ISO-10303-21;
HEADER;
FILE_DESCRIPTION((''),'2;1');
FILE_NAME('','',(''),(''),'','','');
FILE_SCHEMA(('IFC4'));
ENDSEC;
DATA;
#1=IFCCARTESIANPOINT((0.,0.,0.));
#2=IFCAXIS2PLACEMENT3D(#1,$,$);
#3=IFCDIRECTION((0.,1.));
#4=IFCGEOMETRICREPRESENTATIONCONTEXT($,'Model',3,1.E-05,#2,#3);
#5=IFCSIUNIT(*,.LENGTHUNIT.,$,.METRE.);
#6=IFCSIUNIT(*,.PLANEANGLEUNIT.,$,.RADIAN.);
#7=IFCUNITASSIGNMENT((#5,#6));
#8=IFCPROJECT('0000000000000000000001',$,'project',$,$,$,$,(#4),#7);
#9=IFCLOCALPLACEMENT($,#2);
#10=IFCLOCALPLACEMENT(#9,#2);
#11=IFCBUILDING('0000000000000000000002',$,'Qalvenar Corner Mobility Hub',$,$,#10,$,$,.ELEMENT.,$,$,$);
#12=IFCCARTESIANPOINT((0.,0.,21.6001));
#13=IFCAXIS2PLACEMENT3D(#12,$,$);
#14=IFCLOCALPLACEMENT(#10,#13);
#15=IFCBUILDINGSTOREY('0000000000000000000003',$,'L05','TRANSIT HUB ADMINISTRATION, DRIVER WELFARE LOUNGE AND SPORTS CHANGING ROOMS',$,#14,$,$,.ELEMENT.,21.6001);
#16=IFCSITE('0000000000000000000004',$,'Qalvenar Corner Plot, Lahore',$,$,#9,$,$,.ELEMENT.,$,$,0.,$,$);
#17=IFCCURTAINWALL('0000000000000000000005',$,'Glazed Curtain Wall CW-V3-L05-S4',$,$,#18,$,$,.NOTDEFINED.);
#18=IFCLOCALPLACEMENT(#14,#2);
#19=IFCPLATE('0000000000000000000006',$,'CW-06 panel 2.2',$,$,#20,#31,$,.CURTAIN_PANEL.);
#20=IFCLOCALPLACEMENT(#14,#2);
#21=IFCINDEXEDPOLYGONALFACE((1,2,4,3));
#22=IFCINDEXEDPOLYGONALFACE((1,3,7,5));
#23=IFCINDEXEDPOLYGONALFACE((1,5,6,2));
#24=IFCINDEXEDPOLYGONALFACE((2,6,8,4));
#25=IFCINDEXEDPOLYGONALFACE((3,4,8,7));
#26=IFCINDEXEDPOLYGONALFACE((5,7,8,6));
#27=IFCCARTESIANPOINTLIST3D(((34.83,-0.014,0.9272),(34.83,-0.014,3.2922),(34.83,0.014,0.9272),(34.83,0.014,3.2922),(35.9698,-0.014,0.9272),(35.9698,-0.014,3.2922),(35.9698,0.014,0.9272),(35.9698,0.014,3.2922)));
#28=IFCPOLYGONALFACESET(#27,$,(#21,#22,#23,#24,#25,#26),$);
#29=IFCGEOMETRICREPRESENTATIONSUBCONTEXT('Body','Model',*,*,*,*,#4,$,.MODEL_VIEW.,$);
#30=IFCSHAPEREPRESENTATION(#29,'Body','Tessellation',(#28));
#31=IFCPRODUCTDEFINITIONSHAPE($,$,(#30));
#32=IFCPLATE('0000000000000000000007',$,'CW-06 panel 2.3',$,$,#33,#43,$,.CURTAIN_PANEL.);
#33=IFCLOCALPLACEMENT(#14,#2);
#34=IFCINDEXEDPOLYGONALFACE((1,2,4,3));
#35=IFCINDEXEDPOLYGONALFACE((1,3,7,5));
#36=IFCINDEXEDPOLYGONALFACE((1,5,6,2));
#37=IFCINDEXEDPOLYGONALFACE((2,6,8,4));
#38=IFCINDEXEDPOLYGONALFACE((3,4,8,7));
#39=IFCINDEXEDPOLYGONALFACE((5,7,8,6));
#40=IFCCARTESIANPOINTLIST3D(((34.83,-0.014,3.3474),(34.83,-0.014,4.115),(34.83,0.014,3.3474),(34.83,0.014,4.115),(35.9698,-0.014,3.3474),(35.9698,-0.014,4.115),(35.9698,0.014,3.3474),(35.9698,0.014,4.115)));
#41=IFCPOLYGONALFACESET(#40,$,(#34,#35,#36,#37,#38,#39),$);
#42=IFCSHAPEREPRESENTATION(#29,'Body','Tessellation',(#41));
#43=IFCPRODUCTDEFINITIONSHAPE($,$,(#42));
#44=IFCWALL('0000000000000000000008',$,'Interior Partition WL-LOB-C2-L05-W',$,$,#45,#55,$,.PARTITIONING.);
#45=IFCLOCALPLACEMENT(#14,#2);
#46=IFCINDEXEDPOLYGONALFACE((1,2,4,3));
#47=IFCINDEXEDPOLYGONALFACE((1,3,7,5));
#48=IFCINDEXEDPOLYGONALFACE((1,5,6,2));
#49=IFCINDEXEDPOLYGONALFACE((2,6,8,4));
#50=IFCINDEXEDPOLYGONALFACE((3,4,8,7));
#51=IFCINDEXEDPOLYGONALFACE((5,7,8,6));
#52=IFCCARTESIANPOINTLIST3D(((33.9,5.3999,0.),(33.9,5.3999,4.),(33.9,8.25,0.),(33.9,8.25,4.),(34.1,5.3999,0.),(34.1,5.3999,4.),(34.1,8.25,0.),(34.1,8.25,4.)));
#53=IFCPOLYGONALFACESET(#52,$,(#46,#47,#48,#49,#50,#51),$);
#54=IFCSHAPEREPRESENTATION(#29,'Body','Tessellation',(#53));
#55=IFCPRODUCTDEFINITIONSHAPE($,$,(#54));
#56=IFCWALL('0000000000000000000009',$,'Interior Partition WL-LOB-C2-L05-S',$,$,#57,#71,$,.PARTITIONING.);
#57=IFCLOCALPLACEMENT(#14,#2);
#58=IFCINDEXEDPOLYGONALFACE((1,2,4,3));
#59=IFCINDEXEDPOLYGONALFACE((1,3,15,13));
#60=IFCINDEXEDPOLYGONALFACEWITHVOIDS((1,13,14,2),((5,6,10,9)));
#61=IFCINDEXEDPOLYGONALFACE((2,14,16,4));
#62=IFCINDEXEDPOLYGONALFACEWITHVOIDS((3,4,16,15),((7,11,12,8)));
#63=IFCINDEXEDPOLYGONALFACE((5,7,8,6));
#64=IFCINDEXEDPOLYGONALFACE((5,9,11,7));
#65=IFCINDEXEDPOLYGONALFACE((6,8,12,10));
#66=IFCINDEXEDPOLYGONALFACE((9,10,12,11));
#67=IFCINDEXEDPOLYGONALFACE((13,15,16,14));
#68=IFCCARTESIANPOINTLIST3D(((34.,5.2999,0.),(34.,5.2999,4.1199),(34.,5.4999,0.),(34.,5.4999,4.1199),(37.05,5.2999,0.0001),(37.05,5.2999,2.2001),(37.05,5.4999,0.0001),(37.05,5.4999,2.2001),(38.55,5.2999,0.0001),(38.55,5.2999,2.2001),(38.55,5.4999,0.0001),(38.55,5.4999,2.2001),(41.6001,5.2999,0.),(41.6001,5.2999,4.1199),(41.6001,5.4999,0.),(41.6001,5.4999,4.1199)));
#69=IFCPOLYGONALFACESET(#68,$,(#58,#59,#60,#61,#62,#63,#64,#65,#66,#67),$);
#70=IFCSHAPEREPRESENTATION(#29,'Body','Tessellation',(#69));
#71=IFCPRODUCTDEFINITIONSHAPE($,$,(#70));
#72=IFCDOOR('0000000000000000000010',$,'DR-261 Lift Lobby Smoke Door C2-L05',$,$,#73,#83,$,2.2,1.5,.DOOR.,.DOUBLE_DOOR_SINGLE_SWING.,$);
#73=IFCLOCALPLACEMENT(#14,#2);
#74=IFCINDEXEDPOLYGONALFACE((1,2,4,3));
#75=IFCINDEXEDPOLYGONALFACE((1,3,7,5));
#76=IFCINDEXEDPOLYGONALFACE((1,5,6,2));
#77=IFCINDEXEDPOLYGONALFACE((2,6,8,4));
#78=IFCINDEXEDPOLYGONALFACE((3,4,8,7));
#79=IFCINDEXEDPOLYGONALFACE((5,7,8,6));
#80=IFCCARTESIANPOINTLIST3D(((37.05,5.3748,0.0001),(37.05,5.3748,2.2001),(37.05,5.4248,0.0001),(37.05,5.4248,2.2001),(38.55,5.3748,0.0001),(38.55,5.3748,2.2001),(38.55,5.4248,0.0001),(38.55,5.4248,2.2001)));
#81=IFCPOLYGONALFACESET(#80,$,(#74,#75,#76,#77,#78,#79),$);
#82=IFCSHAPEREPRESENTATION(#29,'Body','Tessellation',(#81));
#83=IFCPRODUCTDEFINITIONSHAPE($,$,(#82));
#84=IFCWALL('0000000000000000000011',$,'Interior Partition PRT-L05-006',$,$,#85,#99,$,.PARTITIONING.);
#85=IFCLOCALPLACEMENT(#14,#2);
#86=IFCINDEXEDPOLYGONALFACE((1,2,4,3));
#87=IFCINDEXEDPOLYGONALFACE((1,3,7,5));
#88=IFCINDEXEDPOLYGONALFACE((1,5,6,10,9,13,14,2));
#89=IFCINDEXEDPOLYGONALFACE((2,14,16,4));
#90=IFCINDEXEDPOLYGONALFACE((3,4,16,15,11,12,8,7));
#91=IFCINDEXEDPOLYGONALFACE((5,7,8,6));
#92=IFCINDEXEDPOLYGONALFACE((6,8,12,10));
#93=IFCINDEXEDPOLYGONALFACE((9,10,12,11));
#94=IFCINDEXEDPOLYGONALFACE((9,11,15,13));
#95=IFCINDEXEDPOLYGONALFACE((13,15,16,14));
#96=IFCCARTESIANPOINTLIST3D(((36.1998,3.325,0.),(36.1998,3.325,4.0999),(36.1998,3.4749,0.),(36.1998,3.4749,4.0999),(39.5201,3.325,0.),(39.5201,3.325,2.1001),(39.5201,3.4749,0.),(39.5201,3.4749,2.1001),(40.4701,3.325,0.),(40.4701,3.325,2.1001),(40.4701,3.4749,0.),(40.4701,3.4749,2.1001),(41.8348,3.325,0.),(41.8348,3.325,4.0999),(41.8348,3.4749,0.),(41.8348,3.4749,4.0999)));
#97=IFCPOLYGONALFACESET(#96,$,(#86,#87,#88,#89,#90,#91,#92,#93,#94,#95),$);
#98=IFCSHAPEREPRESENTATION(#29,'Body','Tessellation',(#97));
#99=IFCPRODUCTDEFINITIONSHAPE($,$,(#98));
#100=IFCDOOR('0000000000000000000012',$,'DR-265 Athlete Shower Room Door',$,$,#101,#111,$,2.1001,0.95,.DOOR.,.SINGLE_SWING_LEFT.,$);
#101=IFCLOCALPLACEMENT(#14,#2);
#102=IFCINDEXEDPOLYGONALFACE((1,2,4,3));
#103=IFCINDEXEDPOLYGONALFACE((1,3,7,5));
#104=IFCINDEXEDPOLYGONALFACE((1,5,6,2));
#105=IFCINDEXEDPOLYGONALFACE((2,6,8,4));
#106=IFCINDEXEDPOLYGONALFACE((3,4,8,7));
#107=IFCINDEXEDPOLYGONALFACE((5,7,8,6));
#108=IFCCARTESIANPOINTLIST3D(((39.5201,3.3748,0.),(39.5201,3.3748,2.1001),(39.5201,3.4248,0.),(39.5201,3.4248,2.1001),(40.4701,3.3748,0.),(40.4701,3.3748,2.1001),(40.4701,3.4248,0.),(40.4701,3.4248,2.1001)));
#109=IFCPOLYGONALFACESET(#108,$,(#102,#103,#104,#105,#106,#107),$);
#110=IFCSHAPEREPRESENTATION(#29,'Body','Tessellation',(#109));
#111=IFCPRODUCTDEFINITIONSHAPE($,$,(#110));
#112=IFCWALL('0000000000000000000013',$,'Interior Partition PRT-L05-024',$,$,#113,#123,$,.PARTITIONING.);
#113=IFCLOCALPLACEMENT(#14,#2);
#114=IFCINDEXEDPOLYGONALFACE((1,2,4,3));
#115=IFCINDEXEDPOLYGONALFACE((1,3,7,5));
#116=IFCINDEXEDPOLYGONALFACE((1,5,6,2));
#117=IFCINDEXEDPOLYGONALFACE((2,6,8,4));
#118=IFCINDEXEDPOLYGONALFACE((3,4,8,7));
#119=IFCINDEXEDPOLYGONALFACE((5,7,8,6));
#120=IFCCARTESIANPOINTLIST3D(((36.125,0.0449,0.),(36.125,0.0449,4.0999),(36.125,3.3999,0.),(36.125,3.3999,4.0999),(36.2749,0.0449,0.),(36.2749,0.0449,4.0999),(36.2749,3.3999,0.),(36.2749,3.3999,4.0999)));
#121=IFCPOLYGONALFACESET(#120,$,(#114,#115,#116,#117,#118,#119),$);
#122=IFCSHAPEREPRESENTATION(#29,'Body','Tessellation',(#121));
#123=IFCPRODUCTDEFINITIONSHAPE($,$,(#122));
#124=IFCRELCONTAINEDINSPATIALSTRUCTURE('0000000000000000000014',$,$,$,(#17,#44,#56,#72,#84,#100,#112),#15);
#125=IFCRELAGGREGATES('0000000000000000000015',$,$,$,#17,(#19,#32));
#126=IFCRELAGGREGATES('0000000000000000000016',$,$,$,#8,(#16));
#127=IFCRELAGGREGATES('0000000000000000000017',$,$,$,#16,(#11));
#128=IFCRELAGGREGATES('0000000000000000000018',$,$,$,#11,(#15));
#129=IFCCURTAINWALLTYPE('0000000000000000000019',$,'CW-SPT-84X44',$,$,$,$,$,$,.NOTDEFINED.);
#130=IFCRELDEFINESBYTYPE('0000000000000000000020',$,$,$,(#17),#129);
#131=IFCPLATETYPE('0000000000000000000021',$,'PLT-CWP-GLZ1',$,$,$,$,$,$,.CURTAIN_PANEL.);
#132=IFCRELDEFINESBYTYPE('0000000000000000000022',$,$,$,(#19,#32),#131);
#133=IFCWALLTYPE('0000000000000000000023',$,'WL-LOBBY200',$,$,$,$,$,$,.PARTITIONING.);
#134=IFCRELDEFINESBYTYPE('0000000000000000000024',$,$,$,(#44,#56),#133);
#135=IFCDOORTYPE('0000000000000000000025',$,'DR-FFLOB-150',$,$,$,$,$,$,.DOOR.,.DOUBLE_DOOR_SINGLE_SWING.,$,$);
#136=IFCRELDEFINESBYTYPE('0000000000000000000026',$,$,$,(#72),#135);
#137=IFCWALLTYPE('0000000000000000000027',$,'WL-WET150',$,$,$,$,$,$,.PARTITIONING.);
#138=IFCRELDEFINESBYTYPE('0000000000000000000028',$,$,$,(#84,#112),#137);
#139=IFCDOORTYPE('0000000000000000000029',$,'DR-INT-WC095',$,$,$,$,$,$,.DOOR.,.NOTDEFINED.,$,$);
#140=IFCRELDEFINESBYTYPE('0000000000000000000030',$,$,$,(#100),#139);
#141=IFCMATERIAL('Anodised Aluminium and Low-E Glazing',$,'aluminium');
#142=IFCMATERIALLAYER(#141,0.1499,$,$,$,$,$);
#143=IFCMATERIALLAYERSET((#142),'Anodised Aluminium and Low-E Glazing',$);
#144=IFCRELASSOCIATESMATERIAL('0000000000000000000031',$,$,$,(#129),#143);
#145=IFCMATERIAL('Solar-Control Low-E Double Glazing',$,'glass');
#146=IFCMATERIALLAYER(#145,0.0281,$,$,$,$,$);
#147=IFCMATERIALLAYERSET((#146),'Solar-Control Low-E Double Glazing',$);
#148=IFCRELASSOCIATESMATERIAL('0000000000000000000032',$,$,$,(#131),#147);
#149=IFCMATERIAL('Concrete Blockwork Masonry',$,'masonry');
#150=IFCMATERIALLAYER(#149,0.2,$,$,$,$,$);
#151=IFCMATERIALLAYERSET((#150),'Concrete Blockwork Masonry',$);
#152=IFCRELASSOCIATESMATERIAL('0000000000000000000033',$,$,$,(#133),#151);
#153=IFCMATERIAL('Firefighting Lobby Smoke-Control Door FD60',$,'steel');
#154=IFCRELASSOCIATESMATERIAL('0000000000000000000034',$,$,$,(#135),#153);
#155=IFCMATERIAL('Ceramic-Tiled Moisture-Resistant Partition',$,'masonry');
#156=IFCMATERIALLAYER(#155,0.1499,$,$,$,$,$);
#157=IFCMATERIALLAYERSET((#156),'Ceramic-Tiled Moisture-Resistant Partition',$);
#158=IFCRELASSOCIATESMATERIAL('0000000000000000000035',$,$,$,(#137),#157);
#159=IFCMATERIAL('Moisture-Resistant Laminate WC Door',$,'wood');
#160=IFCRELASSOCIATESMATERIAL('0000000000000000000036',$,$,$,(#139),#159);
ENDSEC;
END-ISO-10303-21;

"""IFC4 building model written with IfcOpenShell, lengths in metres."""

from ifc_helpers import new_model, si_unit, direction, frame, frame_2d, origin, origin_2d, place, context, subcontext, project, spatial, rectangle, extrude, material, layer, layer_set, type_object, element, fill, aggregate, save


model = new_model("IFC4")

# Units and contexts
model_context = context("Model", 3, precision=1e-05, world=origin(), true_north=direction((0.0, 1.0)))
body_context = subcontext(model_context, "Body", "Model", "MODEL_VIEW")
ifc_project = project(units=[si_unit("LENGTHUNIT", "METRE"), si_unit("PLANEANGLEUNIT", "RADIAN")], contexts=[model_context])

# Site, building, storey
site_placement = place(None, origin())
site = spatial("IfcSite", under=ifc_project, at=site_placement, Name="Qalvenar Corner Plot, Lahore", CompositionType="ELEMENT", RefElevation=0.0)
building_placement = place(site_placement, origin())
building = spatial("IfcBuilding", under=site, at=building_placement, Name="Qalvenar Corner Mobility Hub", CompositionType="ELEMENT")
storey_placement = place(building_placement, frame((0.0, 0.0, 21.6001)))
storey = spatial("IfcBuildingStorey", under=building, at=storey_placement, Name="L05", Description="TRANSIT HUB ADMINISTRATION, DRIVER WELFARE LOUNGE AND SPORTS CHANGING ROOMS", CompositionType="ELEMENT", Elevation=21.6001)

# Curtain wall, plates
ifc_material_1 = material(Name="Anodised Aluminium and Low-E Glazing", Category="aluminium")
ifc_layer_1 = layer(ifc_material_1, 0.1499)
ifc_layer_set_1 = layer_set([ifc_layer_1], Name="Anodised Aluminium and Low-E Glazing")
curtain_wall_type = type_object("IfcCurtainWallType", Name="CW-SPT-84X44", PredefinedType="NOTDEFINED", material=ifc_layer_set_1)
curtain_wall_placement = place(storey_placement, origin())
curtain_wall = element("IfcCurtainWall", 1, at=curtain_wall_placement, inside=storey, type_object=curtain_wall_type, Name="Glazed Curtain Wall CW-V3-L05-S4", PredefinedType="NOTDEFINED")
ifc_material_2 = material(Name="Solar-Control Low-E Double Glazing", Category="glass")
ifc_layer_2 = layer(ifc_material_2, 0.0281)
ifc_layer_set_2 = layer_set([ifc_layer_2], Name="Solar-Control Low-E Double Glazing")
plate_type = type_object("IfcPlateType", Name="PLT-CWP-GLZ1", PredefinedType="CURTAIN_PANEL", material=ifc_layer_set_2)
plate_1_placement = place(storey_placement, frame((35.3999, 0.0, 0.9272), z_axis=(0.0, 0.0, 1.0), x_axis=(1.0, 0.0, 0.0)))
plate_1 = element("IfcPlate", 2, at=plate_1_placement, type_object=plate_type, Name="CW-06 panel 2.2", PredefinedType="CURTAIN_PANEL", context=body_context, shape_type="SweptSolid", body=[
    extrude(rectangle(XDim=1.1399, YDim=0.0281, at=origin_2d()), origin(), (0.0, 0.0, 1.0), 2.365),
])
plate_2_placement = place(storey_placement, frame((35.3999, 0.0, 3.3474), z_axis=(0.0, 0.0, 1.0), x_axis=(1.0, 0.0, 0.0)))
plate_2 = element("IfcPlate", 3, at=plate_2_placement, type_object=plate_type, Name="CW-06 panel 2.3", PredefinedType="CURTAIN_PANEL", context=body_context, shape_type="SweptSolid", body=[
    extrude(rectangle(XDim=1.1399, YDim=0.0281, at=origin_2d()), origin(), (0.0, 0.0, 1.0), 0.7676),
])
aggregate(curtain_wall, [plate_1, plate_2])

# Wall
ifc_material_3 = material(Name="Concrete Blockwork Masonry", Category="masonry")
ifc_layer_3 = layer(ifc_material_3, 0.2)
ifc_layer_set_3 = layer_set([ifc_layer_3], Name="Concrete Blockwork Masonry")
wall_type_1 = type_object("IfcWallType", Name="WL-LOBBY200", PredefinedType="PARTITIONING", material=ifc_layer_set_3)
wall_1_placement = place(storey_placement, frame((34.0, 5.3999, 0.0), z_axis=(0.0, 0.0, 1.0), x_axis=(0.0, 1.0, 0.0)))
element("IfcWall", 4, at=wall_1_placement, inside=storey, type_object=wall_type_1, Name="Interior Partition WL-LOB-C2-L05-W", PredefinedType="PARTITIONING", context=body_context, shape_type="SweptSolid", body=[
    extrude(rectangle(XDim=2.8501, YDim=0.2, at=frame_2d((1.425, 0.0))), origin(), (0.0, 0.0, 1.0), 4.0),
])

# Walls, openings, doors
wall_2_placement = place(storey_placement, frame((34.0, 5.3999, 0.0), z_axis=(0.0, 0.0, 1.0), x_axis=(1.0, 0.0, 0.0)))
wall_2 = element("IfcWall", 5, at=wall_2_placement, inside=storey, type_object=wall_type_1, Name="Interior Partition WL-LOB-C2-L05-S", PredefinedType="PARTITIONING", context=body_context, shape_type="SweptSolid", body=[
    extrude(rectangle(XDim=7.6001, YDim=0.2, at=frame_2d((3.8, 0.0))), origin(), (0.0, 0.0, 1.0), 4.1199),
])
opening_1_placement = place(wall_2_placement, frame((3.05, 0.0, 0.0)))
opening_1 = element("IfcOpeningElement", 6, at=opening_1_placement, cuts=wall_2, PredefinedType="OPENING", context=body_context, shape_type="SweptSolid", body=[
    extrude(rectangle(XDim=1.5, YDim=2.2, at=frame_2d((0.75, 1.1001))), frame((0.0, 0.1099, 0.0), z_axis=(0.0, -1.0, 0.0), x_axis=(1.0, 0.0, 0.0)), (0.0, 0.0, 1.0), 0.22),
])
ifc_material_4 = material(Name="Firefighting Lobby Smoke-Control Door FD60", Category="steel")
door_type_1 = type_object("IfcDoorType", Name="DR-FFLOB-150", OperationType="DOUBLE_DOOR_SINGLE_SWING", PredefinedType="DOOR", material=ifc_material_4)
door_1_placement = place(opening_1_placement, origin())
door_1 = element("IfcDoor", 7, at=door_1_placement, inside=storey, type_object=door_type_1, Name="DR-261 Lift Lobby Smoke Door C2-L05", OperationType="DOUBLE_DOOR_SINGLE_SWING", OverallHeight=2.2, OverallWidth=1.5, PredefinedType="DOOR", context=body_context, shape_type="SweptSolid", body=[
    extrude(rectangle(XDim=1.5, YDim=2.2, at=frame_2d((0.75, 1.1001))), frame((0.0, 0.0249, 0.0), z_axis=(0.0, -1.0, 0.0), x_axis=(1.0, 0.0, 0.0)), (0.0, 0.0, 1.0), 0.05),
])
fill(opening_1, door_1)
ifc_material_5 = material(Name="Ceramic-Tiled Moisture-Resistant Partition", Category="masonry")
ifc_layer_4 = layer(ifc_material_5, 0.1499)
ifc_layer_set_4 = layer_set([ifc_layer_4], Name="Ceramic-Tiled Moisture-Resistant Partition")
wall_type_2 = type_object("IfcWallType", Name="WL-WET150", PredefinedType="PARTITIONING", material=ifc_layer_set_4)
wall_3_placement = place(storey_placement, frame((36.2, 3.3999, 0.0), z_axis=(0.0, 0.0, 1.0), x_axis=(1.0, 0.0, 0.0)))
wall_3 = element("IfcWall", 8, at=wall_3_placement, inside=storey, type_object=wall_type_2, Name="Interior Partition PRT-L05-006", PredefinedType="PARTITIONING", context=body_context, shape_type="SweptSolid", body=[
    extrude(rectangle(XDim=5.635, YDim=0.1499, at=frame_2d((2.8174, 0.0))), origin(), (0.0, 0.0, 1.0), 4.0999),
])
opening_2_placement = place(wall_3_placement, frame((3.3201, 0.0, 0.0)))
opening_2 = element("IfcOpeningElement", 9, at=opening_2_placement, cuts=wall_3, PredefinedType="OPENING", context=body_context, shape_type="SweptSolid", body=[
    extrude(rectangle(XDim=0.95, YDim=2.1001, at=frame_2d((0.4751, 1.05))), frame((0.0, 0.085, 0.0), z_axis=(0.0, -1.0, 0.0), x_axis=(1.0, 0.0, 0.0)), (0.0, 0.0, 1.0), 0.1699),
])
ifc_material_6 = material(Name="Moisture-Resistant Laminate WC Door", Category="wood")
door_type_2 = type_object("IfcDoorType", Name="DR-INT-WC095", OperationType="NOTDEFINED", PredefinedType="DOOR", material=ifc_material_6)
door_2_placement = place(opening_2_placement, origin())
door_2 = element("IfcDoor", 10, at=door_2_placement, inside=storey, type_object=door_type_2, Name="DR-265 Athlete Shower Room Door", OperationType="SINGLE_SWING_LEFT", OverallHeight=2.1001, OverallWidth=0.95, PredefinedType="DOOR", context=body_context, shape_type="SweptSolid", body=[
    extrude(rectangle(XDim=0.95, YDim=2.1001, at=frame_2d((0.4751, 1.05))), frame((0.0, 0.0249, 0.0), z_axis=(0.0, -1.0, 0.0), x_axis=(1.0, 0.0, 0.0)), (0.0, 0.0, 1.0), 0.05),
])
fill(opening_2, door_2)

# Wall
wall_4_placement = place(storey_placement, frame((36.2, 0.0449, 0.0), z_axis=(0.0, 0.0, 1.0), x_axis=(0.0, 1.0, 0.0)))
element("IfcWall", 11, at=wall_4_placement, inside=storey, type_object=wall_type_2, Name="Interior Partition PRT-L05-024", PredefinedType="PARTITIONING", context=body_context, shape_type="SweptSolid", body=[
    extrude(rectangle(XDim=3.355, YDim=0.1499, at=frame_2d((1.6775, 0.0))), origin(), (0.0, 0.0, 1.0), 4.0999),
])

save(model, "model.ifc")
